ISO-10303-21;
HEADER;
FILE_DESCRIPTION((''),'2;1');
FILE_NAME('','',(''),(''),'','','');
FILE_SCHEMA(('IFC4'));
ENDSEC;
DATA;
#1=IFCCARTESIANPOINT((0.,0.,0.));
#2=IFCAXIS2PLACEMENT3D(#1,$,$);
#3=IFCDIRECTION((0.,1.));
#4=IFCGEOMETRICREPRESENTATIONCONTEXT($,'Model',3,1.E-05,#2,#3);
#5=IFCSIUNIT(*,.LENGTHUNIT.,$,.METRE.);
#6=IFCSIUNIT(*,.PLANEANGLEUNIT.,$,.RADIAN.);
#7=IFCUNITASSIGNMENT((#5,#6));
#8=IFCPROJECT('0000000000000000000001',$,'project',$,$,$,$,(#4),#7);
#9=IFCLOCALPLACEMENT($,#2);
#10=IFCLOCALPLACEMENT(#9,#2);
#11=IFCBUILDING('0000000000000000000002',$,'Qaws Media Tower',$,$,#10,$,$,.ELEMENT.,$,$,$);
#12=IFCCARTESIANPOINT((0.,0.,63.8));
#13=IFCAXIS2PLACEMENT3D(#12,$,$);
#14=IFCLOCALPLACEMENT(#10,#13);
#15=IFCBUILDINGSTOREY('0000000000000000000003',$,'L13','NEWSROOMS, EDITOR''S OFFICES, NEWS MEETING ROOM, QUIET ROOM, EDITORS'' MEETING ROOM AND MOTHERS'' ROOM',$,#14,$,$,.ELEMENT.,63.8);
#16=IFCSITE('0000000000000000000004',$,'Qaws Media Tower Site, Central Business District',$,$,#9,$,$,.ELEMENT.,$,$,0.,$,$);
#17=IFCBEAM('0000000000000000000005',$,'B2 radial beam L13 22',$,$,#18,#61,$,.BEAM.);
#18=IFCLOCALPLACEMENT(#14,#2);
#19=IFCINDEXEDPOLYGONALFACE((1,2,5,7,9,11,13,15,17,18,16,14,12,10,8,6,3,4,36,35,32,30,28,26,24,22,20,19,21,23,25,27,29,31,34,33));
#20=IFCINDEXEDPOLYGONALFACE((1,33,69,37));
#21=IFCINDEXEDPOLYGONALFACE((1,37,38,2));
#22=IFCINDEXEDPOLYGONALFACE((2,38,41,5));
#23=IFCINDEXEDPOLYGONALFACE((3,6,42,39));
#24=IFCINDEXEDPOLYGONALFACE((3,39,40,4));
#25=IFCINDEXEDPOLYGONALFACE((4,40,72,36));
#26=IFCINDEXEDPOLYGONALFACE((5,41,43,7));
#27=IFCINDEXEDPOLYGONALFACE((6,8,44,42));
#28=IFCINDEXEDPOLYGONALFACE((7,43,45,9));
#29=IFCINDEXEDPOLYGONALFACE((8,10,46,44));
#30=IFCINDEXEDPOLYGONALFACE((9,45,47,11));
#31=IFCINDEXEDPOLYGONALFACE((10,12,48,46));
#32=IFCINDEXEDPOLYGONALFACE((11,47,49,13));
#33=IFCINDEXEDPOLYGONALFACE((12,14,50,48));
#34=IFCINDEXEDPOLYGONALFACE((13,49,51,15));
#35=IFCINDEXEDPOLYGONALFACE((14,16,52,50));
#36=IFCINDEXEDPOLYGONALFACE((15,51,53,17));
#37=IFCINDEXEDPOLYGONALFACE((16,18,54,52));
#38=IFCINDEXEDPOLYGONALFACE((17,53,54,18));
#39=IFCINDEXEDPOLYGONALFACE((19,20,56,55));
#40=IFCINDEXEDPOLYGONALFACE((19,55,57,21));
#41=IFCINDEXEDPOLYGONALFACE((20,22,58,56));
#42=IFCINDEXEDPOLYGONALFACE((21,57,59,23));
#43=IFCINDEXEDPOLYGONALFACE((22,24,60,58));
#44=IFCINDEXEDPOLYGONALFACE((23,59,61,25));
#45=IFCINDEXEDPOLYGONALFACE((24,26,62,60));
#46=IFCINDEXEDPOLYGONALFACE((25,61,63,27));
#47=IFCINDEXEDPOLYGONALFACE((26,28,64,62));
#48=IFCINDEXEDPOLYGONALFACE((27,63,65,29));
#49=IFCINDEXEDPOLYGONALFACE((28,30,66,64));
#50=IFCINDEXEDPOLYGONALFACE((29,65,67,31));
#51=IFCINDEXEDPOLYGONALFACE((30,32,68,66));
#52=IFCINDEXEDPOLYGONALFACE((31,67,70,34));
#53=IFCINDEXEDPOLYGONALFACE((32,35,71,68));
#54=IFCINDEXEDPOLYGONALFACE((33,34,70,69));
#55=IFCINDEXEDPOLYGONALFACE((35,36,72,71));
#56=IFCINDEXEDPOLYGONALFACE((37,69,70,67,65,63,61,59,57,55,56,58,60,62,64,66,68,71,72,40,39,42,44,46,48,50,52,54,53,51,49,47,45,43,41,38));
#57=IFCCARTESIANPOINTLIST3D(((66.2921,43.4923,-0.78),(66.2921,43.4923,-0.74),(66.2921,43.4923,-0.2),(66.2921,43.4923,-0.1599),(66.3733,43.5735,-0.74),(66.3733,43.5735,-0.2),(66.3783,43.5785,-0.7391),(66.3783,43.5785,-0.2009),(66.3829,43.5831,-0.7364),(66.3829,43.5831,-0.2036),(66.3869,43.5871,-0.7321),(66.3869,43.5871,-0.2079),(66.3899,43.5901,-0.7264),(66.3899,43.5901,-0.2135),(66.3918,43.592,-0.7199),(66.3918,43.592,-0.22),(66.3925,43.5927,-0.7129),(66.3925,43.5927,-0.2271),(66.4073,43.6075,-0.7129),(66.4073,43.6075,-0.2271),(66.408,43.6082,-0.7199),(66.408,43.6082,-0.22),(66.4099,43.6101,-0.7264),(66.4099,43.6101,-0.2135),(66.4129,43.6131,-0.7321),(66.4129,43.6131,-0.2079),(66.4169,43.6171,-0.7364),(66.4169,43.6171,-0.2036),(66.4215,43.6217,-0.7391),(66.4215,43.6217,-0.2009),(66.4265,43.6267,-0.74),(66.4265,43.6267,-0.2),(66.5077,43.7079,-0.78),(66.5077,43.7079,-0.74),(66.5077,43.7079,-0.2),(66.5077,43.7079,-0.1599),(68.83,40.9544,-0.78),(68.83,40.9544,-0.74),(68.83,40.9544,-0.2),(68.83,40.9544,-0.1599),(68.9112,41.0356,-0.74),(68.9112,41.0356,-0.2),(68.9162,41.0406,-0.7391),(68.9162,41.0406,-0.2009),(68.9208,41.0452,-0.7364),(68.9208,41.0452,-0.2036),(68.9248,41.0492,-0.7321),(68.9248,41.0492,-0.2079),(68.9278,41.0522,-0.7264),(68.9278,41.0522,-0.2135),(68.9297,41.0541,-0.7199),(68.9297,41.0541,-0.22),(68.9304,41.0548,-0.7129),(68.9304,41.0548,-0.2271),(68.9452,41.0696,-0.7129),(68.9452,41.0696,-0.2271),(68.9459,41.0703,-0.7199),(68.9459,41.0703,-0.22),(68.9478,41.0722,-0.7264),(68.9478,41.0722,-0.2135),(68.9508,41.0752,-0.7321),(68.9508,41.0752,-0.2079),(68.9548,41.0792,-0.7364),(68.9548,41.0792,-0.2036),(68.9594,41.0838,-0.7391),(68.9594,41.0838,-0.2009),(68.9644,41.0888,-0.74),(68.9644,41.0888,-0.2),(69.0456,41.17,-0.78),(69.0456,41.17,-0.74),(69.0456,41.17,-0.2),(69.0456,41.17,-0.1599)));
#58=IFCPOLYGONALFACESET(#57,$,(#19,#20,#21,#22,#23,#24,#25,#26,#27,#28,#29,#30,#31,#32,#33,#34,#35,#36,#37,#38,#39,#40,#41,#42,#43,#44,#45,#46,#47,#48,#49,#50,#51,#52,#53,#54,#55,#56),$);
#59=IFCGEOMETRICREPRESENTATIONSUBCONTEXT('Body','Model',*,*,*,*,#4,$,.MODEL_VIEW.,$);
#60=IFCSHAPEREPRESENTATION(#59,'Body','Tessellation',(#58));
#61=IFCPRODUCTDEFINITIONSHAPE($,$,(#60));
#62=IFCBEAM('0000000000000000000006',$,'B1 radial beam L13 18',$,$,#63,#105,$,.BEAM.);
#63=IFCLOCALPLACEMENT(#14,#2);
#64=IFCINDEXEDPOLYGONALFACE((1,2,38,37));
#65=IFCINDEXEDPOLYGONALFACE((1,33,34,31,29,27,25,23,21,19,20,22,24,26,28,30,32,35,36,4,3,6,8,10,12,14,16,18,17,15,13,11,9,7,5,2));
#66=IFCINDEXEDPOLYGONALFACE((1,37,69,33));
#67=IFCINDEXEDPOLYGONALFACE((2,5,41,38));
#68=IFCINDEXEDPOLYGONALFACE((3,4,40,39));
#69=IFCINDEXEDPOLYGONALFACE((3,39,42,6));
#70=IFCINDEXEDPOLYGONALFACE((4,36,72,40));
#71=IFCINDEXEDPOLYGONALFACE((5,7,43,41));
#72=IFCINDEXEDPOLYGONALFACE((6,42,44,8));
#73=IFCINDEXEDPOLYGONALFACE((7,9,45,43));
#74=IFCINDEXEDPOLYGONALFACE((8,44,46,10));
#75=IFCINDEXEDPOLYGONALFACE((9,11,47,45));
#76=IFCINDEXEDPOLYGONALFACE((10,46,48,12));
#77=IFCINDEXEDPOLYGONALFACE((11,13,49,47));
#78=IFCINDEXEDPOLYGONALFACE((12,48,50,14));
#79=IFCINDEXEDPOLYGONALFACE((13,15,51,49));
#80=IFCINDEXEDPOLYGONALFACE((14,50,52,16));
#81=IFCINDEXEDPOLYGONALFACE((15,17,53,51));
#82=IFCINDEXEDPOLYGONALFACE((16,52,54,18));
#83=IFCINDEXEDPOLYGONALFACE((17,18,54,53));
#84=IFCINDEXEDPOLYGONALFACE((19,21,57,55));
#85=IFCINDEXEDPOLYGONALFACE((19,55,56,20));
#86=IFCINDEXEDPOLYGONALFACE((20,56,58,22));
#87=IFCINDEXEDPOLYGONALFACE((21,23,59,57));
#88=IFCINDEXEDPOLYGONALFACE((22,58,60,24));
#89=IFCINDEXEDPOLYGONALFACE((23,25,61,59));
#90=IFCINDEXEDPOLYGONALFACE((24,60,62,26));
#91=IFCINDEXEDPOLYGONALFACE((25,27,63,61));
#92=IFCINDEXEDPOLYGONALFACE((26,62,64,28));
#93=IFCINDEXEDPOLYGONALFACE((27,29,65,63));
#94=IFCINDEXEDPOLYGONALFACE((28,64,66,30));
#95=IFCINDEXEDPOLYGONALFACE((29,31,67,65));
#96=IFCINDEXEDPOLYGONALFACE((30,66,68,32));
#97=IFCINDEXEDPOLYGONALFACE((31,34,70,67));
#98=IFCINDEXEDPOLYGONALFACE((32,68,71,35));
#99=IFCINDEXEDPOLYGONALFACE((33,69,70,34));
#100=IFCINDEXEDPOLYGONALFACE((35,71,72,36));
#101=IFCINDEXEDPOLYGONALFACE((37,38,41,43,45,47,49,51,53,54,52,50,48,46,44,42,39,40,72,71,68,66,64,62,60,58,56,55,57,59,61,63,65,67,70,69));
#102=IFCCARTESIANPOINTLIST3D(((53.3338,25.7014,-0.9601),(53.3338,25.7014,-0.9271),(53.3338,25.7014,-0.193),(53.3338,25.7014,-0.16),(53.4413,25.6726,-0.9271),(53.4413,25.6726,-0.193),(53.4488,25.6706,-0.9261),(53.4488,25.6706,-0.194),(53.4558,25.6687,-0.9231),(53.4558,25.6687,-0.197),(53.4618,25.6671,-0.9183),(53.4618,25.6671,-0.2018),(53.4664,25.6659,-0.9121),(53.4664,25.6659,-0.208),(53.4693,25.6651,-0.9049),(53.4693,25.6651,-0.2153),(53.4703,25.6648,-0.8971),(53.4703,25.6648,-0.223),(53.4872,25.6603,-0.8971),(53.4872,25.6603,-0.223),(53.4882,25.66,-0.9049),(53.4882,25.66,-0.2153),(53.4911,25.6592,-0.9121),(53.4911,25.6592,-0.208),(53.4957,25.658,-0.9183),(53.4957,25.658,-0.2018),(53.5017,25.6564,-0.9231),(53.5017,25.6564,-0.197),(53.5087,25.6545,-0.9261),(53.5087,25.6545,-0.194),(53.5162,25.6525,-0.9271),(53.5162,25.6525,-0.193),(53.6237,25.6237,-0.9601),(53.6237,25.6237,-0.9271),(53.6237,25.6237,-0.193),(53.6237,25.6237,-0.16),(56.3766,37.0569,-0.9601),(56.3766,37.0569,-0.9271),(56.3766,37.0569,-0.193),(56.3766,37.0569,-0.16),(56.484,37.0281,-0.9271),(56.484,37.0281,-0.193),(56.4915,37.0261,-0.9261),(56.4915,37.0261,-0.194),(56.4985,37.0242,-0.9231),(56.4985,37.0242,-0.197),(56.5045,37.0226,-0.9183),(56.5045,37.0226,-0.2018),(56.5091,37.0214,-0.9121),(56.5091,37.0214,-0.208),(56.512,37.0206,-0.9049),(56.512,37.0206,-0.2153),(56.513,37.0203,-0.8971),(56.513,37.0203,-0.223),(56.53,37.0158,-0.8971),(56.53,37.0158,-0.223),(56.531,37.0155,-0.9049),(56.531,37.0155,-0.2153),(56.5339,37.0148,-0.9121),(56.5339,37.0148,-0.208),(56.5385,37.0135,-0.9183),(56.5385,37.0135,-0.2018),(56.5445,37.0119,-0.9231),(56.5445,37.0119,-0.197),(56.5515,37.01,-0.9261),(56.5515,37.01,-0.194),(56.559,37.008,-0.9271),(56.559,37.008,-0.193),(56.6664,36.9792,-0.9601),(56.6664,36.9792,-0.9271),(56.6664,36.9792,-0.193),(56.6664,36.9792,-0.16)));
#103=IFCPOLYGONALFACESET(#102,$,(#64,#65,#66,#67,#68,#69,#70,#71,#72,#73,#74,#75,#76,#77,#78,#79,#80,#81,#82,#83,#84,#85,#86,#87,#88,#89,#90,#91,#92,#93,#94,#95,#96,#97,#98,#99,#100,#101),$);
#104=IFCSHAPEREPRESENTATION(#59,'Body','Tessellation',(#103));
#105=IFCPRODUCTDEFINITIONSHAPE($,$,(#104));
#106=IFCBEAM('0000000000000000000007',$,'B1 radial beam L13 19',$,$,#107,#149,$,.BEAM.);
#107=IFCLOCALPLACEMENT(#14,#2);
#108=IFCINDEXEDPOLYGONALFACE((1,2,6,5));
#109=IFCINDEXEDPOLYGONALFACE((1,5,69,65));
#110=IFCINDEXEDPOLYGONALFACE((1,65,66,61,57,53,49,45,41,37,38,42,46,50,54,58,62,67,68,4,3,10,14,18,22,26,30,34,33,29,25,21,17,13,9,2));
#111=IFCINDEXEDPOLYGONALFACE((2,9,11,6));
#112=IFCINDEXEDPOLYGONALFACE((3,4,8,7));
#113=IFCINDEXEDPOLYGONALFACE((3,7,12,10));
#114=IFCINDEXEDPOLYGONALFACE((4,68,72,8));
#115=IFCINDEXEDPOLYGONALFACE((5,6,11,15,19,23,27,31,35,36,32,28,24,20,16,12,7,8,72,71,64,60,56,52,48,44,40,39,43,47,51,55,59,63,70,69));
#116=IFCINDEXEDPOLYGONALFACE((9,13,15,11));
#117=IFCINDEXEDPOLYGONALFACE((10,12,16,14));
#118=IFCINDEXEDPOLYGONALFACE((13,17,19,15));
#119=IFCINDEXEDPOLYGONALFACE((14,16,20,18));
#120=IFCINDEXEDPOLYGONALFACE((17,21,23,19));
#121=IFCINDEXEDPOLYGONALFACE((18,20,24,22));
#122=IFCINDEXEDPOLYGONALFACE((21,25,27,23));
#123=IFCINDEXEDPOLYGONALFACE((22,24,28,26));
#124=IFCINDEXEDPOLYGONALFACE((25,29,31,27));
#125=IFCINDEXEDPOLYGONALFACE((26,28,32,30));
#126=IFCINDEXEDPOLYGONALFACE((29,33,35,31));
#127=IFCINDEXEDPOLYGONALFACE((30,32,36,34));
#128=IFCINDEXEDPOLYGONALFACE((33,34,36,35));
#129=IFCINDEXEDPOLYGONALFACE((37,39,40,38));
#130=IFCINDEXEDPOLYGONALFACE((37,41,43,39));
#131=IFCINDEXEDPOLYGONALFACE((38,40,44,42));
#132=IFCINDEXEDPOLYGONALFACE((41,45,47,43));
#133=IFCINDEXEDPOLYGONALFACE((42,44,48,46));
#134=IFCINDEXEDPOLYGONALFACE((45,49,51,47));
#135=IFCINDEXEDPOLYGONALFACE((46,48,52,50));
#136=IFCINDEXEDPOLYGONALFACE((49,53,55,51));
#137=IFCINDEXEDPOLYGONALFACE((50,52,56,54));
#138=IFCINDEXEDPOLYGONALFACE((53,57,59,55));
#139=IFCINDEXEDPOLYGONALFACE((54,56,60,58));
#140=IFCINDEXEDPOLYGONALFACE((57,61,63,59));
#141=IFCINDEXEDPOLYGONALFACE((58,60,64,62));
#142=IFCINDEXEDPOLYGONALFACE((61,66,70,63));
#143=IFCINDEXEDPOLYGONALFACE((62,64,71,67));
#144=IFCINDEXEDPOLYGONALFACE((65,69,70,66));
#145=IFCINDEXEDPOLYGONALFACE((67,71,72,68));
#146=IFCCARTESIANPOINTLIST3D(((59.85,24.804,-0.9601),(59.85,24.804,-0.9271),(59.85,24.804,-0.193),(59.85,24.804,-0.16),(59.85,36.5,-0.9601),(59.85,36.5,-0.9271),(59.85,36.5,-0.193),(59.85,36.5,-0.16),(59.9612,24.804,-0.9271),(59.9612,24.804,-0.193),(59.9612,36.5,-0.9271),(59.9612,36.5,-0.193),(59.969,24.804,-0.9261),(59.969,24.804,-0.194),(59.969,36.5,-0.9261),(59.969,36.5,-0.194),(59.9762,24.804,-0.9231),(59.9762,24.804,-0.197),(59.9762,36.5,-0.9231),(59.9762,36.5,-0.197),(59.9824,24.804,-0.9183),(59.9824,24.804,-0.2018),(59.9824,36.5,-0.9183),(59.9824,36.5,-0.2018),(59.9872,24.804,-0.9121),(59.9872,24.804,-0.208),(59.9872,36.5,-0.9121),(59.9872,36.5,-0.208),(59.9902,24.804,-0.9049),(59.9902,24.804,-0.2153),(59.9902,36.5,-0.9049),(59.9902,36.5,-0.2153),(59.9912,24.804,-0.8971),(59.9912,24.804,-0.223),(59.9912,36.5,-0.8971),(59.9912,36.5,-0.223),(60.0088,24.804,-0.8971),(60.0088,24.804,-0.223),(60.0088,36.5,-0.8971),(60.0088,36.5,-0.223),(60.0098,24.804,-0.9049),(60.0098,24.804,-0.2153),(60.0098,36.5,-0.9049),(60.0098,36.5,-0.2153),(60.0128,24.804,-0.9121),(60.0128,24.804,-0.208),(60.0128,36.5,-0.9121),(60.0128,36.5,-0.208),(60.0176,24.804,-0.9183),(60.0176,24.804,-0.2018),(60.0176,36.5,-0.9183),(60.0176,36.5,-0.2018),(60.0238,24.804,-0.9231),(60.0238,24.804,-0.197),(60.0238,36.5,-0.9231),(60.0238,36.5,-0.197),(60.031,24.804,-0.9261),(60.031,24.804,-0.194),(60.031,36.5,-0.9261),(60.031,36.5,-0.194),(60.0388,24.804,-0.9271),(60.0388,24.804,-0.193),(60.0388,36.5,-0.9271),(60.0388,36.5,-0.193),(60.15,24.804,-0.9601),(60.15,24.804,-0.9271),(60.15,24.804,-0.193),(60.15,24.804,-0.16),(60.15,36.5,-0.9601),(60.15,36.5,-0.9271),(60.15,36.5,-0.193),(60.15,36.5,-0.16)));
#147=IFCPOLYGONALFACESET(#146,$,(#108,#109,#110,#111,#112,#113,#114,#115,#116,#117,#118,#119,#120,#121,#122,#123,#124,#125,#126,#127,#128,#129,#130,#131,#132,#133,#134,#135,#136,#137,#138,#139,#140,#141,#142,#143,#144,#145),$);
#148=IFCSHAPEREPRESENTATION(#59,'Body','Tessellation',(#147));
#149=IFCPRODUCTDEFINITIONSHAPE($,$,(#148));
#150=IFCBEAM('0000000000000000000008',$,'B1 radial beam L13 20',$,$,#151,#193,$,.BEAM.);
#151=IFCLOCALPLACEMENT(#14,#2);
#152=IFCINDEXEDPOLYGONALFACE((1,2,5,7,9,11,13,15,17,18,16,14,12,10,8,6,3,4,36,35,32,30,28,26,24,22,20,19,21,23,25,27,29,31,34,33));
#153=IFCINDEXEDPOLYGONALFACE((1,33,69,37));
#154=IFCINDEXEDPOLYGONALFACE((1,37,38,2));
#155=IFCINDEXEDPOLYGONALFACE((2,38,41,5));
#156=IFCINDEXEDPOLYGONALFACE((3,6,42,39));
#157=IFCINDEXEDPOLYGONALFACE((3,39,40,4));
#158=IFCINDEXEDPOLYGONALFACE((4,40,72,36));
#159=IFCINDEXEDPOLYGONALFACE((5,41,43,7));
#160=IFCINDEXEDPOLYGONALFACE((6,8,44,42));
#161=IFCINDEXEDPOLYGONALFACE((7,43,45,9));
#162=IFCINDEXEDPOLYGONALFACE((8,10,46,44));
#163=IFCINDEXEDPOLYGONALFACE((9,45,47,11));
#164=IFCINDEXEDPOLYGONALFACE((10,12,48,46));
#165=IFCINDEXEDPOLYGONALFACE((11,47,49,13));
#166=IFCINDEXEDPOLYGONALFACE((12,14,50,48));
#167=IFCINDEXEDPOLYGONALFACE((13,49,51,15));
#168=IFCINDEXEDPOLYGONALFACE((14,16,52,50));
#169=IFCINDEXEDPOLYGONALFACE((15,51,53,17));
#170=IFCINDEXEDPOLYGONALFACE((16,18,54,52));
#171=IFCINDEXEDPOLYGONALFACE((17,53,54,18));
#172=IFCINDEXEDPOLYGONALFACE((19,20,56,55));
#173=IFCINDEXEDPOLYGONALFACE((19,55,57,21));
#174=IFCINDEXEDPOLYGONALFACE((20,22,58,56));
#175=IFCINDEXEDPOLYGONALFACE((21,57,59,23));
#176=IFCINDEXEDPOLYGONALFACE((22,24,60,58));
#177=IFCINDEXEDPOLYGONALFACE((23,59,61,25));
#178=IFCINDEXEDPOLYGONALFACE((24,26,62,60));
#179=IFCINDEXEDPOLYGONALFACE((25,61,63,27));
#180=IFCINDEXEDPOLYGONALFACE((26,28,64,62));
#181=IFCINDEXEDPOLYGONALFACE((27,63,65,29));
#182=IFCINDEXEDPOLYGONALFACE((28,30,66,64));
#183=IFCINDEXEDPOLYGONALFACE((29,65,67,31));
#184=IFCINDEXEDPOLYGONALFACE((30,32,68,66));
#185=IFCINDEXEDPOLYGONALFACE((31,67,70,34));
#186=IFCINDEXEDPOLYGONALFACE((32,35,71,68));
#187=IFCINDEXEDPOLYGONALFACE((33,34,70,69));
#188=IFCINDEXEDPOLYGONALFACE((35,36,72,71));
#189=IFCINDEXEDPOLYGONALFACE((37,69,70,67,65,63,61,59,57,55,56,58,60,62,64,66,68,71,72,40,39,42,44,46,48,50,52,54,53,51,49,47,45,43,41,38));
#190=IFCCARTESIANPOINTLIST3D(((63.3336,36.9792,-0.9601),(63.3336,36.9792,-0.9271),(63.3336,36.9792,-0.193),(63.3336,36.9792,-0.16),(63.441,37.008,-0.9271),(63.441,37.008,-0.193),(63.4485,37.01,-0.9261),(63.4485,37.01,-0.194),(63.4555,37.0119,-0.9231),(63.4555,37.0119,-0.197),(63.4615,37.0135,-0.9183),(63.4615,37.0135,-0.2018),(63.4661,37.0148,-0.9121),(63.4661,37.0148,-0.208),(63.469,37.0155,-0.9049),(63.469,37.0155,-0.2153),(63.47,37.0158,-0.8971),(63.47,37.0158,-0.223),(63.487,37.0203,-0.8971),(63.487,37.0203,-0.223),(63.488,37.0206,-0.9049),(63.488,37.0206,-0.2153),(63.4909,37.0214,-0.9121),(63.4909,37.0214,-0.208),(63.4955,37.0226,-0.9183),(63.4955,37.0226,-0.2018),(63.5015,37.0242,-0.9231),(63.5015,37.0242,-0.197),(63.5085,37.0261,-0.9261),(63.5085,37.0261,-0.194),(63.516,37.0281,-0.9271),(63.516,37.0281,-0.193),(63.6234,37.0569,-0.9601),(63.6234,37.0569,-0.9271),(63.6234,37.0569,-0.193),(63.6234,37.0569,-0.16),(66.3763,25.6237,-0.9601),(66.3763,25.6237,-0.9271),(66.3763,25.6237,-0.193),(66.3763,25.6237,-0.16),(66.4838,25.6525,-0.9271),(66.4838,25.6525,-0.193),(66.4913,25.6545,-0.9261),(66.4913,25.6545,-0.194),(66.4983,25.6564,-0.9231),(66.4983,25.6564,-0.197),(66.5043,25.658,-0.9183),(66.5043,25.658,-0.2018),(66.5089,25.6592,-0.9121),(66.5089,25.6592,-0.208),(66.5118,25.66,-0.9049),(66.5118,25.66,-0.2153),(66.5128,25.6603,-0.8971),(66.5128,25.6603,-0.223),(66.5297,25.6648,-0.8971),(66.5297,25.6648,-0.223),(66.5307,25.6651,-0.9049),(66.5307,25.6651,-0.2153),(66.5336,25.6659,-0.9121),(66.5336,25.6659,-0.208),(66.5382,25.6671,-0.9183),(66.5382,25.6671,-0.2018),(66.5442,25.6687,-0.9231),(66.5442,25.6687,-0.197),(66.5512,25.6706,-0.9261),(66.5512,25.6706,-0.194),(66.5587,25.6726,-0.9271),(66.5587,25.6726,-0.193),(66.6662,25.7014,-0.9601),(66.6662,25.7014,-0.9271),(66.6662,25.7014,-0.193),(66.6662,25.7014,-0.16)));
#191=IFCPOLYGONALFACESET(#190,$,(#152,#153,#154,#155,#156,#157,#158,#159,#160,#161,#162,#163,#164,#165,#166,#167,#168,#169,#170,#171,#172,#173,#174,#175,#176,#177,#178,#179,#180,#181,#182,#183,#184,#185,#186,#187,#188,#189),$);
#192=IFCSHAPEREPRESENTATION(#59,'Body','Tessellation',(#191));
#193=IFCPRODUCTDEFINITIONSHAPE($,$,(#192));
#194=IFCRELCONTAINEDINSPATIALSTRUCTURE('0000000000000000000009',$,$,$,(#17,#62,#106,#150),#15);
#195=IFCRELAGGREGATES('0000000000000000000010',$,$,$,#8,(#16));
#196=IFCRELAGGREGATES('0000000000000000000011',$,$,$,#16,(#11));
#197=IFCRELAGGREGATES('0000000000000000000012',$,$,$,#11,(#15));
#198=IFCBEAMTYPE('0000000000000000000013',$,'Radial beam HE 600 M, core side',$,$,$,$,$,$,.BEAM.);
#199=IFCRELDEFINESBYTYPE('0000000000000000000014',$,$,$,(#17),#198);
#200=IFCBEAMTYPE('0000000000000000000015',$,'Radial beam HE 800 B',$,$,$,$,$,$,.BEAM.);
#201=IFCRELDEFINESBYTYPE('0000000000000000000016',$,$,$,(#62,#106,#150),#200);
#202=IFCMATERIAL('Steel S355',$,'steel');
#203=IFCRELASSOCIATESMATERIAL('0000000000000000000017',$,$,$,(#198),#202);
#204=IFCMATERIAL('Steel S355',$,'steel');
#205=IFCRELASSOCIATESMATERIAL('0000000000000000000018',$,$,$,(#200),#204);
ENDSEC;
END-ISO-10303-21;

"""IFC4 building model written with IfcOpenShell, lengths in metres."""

from ifc_helpers import new_model, si_unit, direction, frame, origin, origin_2d, place, context, subcontext, project, spatial, i_section, extrude, material, material_profile, profile_set, type_object, element, save


model = new_model("IFC4")

# Units and contexts
model_context = context("Model", 3, precision=1e-05, world=origin(), true_north=direction((0.0, 1.0)))
body_context = subcontext(model_context, "Body", "Model", "MODEL_VIEW")
ifc_project = project(units=[si_unit("LENGTHUNIT", "METRE"), si_unit("PLANEANGLEUNIT", "RADIAN")], contexts=[model_context])

# Site, building, storey
site_placement = place(None, origin())
site = spatial("IfcSite", under=ifc_project, at=site_placement, Name="Qaws Media Tower Site, Central Business District", CompositionType="ELEMENT", RefElevation=0.0)
building_placement = place(site_placement, origin())
building = spatial("IfcBuilding", under=site, at=building_placement, Name="Qaws Media Tower", CompositionType="ELEMENT")
storey_placement = place(building_placement, frame((0.0, 0.0, 63.8)))
storey = spatial("IfcBuildingStorey", under=building, at=storey_placement, Name="L13", Description="NEWSROOMS, EDITOR'S OFFICES, NEWS MEETING ROOM, QUIET ROOM, EDITORS' MEETING ROOM AND MOTHERS' ROOM", CompositionType="ELEMENT", Elevation=63.8)

# Beams
ifc_material_1 = material(Name="Steel S355", Category="steel")
ifc_material_profile_1 = material_profile(ifc_material_1, i_section(OverallWidth=0.3049, OverallDepth=0.6201, WebThickness=0.021, FlangeThickness=0.04, FilletRadius=0.0271, at=origin_2d()), Name="HE 600 M")
ifc_profile_set_1 = profile_set([ifc_material_profile_1], Name="Steel S355")
beam_type_1 = type_object("IfcBeamType", Name="Radial beam HE 600 M, core side", PredefinedType="BEAM", material=ifc_profile_set_1)
beam_1_placement = place(storey_placement, frame((66.3999, 43.6001, -0.47), z_axis=(0.707107, -0.707107, 0.0), x_axis=(0.707107, 0.707107, 0.0)))
element("IfcBeam", 1, at=beam_1_placement, inside=storey, type_object=beam_type_1, Name="B2 radial beam L13 22", PredefinedType="BEAM", context=body_context, shape_type="SweptSolid", body=[
    extrude(i_section(OverallWidth=0.3049, OverallDepth=0.6201, WebThickness=0.021, FlangeThickness=0.04, FilletRadius=0.0271, at=origin_2d()), origin(), (0.0, 0.0, 1.0), 3.5891),
])
ifc_material_2 = material(Name="Steel S355", Category="steel")
ifc_material_profile_2 = material_profile(ifc_material_2, i_section(OverallWidth=0.3, OverallDepth=0.8, WebThickness=0.0176, FlangeThickness=0.033, FilletRadius=0.03, at=origin_2d()), Name="HE 800 B")
ifc_profile_set_2 = profile_set([ifc_material_profile_2], Name="Steel S355")
beam_type_2 = type_object("IfcBeamType", Name="Radial beam HE 800 B", PredefinedType="BEAM", material=ifc_profile_set_2)
beam_2_placement = place(storey_placement, frame((56.5215, 37.0181, -0.5601), z_axis=(-0.258822, -0.965925, 0.0), x_axis=(0.965925, -0.258822, 0.0)))
element("IfcBeam", 2, at=beam_2_placement, inside=storey, type_object=beam_type_2, Name="B1 radial beam L13 18", PredefinedType="BEAM", context=body_context, shape_type="SweptSolid", body=[
    extrude(i_section(OverallWidth=0.3, OverallDepth=0.8, WebThickness=0.0176, FlangeThickness=0.033, FilletRadius=0.03, at=origin_2d()), origin(), (0.0, 0.0, 1.0), 11.7561),
])
beam_3_placement = place(storey_placement, frame((60.0, 36.5, -0.5601), z_axis=(0.0, -1.0, 0.0), x_axis=(1.0, 0.0, 0.0)))
element("IfcBeam", 3, at=beam_3_placement, inside=storey, type_object=beam_type_2, Name="B1 radial beam L13 19", PredefinedType="BEAM", context=body_context, shape_type="SweptSolid", body=[
    extrude(i_section(OverallWidth=0.3, OverallDepth=0.8, WebThickness=0.0176, FlangeThickness=0.033, FilletRadius=0.03, at=origin_2d()), origin(), (0.0, 0.0, 1.0), 11.696),
])
beam_4_placement = place(storey_placement, frame((63.4785, 37.0181, -0.5601), z_axis=(0.258822, -0.965925, 0.0), x_axis=(0.965925, 0.258822, 0.0)))
element("IfcBeam", 4, at=beam_4_placement, inside=storey, type_object=beam_type_2, Name="B1 radial beam L13 20", PredefinedType="BEAM", context=body_context, shape_type="SweptSolid", body=[
    extrude(i_section(OverallWidth=0.3, OverallDepth=0.8, WebThickness=0.0176, FlangeThickness=0.033, FilletRadius=0.03, at=origin_2d()), origin(), (0.0, 0.0, 1.0), 11.7561),
])

save(model, "model.ifc")
